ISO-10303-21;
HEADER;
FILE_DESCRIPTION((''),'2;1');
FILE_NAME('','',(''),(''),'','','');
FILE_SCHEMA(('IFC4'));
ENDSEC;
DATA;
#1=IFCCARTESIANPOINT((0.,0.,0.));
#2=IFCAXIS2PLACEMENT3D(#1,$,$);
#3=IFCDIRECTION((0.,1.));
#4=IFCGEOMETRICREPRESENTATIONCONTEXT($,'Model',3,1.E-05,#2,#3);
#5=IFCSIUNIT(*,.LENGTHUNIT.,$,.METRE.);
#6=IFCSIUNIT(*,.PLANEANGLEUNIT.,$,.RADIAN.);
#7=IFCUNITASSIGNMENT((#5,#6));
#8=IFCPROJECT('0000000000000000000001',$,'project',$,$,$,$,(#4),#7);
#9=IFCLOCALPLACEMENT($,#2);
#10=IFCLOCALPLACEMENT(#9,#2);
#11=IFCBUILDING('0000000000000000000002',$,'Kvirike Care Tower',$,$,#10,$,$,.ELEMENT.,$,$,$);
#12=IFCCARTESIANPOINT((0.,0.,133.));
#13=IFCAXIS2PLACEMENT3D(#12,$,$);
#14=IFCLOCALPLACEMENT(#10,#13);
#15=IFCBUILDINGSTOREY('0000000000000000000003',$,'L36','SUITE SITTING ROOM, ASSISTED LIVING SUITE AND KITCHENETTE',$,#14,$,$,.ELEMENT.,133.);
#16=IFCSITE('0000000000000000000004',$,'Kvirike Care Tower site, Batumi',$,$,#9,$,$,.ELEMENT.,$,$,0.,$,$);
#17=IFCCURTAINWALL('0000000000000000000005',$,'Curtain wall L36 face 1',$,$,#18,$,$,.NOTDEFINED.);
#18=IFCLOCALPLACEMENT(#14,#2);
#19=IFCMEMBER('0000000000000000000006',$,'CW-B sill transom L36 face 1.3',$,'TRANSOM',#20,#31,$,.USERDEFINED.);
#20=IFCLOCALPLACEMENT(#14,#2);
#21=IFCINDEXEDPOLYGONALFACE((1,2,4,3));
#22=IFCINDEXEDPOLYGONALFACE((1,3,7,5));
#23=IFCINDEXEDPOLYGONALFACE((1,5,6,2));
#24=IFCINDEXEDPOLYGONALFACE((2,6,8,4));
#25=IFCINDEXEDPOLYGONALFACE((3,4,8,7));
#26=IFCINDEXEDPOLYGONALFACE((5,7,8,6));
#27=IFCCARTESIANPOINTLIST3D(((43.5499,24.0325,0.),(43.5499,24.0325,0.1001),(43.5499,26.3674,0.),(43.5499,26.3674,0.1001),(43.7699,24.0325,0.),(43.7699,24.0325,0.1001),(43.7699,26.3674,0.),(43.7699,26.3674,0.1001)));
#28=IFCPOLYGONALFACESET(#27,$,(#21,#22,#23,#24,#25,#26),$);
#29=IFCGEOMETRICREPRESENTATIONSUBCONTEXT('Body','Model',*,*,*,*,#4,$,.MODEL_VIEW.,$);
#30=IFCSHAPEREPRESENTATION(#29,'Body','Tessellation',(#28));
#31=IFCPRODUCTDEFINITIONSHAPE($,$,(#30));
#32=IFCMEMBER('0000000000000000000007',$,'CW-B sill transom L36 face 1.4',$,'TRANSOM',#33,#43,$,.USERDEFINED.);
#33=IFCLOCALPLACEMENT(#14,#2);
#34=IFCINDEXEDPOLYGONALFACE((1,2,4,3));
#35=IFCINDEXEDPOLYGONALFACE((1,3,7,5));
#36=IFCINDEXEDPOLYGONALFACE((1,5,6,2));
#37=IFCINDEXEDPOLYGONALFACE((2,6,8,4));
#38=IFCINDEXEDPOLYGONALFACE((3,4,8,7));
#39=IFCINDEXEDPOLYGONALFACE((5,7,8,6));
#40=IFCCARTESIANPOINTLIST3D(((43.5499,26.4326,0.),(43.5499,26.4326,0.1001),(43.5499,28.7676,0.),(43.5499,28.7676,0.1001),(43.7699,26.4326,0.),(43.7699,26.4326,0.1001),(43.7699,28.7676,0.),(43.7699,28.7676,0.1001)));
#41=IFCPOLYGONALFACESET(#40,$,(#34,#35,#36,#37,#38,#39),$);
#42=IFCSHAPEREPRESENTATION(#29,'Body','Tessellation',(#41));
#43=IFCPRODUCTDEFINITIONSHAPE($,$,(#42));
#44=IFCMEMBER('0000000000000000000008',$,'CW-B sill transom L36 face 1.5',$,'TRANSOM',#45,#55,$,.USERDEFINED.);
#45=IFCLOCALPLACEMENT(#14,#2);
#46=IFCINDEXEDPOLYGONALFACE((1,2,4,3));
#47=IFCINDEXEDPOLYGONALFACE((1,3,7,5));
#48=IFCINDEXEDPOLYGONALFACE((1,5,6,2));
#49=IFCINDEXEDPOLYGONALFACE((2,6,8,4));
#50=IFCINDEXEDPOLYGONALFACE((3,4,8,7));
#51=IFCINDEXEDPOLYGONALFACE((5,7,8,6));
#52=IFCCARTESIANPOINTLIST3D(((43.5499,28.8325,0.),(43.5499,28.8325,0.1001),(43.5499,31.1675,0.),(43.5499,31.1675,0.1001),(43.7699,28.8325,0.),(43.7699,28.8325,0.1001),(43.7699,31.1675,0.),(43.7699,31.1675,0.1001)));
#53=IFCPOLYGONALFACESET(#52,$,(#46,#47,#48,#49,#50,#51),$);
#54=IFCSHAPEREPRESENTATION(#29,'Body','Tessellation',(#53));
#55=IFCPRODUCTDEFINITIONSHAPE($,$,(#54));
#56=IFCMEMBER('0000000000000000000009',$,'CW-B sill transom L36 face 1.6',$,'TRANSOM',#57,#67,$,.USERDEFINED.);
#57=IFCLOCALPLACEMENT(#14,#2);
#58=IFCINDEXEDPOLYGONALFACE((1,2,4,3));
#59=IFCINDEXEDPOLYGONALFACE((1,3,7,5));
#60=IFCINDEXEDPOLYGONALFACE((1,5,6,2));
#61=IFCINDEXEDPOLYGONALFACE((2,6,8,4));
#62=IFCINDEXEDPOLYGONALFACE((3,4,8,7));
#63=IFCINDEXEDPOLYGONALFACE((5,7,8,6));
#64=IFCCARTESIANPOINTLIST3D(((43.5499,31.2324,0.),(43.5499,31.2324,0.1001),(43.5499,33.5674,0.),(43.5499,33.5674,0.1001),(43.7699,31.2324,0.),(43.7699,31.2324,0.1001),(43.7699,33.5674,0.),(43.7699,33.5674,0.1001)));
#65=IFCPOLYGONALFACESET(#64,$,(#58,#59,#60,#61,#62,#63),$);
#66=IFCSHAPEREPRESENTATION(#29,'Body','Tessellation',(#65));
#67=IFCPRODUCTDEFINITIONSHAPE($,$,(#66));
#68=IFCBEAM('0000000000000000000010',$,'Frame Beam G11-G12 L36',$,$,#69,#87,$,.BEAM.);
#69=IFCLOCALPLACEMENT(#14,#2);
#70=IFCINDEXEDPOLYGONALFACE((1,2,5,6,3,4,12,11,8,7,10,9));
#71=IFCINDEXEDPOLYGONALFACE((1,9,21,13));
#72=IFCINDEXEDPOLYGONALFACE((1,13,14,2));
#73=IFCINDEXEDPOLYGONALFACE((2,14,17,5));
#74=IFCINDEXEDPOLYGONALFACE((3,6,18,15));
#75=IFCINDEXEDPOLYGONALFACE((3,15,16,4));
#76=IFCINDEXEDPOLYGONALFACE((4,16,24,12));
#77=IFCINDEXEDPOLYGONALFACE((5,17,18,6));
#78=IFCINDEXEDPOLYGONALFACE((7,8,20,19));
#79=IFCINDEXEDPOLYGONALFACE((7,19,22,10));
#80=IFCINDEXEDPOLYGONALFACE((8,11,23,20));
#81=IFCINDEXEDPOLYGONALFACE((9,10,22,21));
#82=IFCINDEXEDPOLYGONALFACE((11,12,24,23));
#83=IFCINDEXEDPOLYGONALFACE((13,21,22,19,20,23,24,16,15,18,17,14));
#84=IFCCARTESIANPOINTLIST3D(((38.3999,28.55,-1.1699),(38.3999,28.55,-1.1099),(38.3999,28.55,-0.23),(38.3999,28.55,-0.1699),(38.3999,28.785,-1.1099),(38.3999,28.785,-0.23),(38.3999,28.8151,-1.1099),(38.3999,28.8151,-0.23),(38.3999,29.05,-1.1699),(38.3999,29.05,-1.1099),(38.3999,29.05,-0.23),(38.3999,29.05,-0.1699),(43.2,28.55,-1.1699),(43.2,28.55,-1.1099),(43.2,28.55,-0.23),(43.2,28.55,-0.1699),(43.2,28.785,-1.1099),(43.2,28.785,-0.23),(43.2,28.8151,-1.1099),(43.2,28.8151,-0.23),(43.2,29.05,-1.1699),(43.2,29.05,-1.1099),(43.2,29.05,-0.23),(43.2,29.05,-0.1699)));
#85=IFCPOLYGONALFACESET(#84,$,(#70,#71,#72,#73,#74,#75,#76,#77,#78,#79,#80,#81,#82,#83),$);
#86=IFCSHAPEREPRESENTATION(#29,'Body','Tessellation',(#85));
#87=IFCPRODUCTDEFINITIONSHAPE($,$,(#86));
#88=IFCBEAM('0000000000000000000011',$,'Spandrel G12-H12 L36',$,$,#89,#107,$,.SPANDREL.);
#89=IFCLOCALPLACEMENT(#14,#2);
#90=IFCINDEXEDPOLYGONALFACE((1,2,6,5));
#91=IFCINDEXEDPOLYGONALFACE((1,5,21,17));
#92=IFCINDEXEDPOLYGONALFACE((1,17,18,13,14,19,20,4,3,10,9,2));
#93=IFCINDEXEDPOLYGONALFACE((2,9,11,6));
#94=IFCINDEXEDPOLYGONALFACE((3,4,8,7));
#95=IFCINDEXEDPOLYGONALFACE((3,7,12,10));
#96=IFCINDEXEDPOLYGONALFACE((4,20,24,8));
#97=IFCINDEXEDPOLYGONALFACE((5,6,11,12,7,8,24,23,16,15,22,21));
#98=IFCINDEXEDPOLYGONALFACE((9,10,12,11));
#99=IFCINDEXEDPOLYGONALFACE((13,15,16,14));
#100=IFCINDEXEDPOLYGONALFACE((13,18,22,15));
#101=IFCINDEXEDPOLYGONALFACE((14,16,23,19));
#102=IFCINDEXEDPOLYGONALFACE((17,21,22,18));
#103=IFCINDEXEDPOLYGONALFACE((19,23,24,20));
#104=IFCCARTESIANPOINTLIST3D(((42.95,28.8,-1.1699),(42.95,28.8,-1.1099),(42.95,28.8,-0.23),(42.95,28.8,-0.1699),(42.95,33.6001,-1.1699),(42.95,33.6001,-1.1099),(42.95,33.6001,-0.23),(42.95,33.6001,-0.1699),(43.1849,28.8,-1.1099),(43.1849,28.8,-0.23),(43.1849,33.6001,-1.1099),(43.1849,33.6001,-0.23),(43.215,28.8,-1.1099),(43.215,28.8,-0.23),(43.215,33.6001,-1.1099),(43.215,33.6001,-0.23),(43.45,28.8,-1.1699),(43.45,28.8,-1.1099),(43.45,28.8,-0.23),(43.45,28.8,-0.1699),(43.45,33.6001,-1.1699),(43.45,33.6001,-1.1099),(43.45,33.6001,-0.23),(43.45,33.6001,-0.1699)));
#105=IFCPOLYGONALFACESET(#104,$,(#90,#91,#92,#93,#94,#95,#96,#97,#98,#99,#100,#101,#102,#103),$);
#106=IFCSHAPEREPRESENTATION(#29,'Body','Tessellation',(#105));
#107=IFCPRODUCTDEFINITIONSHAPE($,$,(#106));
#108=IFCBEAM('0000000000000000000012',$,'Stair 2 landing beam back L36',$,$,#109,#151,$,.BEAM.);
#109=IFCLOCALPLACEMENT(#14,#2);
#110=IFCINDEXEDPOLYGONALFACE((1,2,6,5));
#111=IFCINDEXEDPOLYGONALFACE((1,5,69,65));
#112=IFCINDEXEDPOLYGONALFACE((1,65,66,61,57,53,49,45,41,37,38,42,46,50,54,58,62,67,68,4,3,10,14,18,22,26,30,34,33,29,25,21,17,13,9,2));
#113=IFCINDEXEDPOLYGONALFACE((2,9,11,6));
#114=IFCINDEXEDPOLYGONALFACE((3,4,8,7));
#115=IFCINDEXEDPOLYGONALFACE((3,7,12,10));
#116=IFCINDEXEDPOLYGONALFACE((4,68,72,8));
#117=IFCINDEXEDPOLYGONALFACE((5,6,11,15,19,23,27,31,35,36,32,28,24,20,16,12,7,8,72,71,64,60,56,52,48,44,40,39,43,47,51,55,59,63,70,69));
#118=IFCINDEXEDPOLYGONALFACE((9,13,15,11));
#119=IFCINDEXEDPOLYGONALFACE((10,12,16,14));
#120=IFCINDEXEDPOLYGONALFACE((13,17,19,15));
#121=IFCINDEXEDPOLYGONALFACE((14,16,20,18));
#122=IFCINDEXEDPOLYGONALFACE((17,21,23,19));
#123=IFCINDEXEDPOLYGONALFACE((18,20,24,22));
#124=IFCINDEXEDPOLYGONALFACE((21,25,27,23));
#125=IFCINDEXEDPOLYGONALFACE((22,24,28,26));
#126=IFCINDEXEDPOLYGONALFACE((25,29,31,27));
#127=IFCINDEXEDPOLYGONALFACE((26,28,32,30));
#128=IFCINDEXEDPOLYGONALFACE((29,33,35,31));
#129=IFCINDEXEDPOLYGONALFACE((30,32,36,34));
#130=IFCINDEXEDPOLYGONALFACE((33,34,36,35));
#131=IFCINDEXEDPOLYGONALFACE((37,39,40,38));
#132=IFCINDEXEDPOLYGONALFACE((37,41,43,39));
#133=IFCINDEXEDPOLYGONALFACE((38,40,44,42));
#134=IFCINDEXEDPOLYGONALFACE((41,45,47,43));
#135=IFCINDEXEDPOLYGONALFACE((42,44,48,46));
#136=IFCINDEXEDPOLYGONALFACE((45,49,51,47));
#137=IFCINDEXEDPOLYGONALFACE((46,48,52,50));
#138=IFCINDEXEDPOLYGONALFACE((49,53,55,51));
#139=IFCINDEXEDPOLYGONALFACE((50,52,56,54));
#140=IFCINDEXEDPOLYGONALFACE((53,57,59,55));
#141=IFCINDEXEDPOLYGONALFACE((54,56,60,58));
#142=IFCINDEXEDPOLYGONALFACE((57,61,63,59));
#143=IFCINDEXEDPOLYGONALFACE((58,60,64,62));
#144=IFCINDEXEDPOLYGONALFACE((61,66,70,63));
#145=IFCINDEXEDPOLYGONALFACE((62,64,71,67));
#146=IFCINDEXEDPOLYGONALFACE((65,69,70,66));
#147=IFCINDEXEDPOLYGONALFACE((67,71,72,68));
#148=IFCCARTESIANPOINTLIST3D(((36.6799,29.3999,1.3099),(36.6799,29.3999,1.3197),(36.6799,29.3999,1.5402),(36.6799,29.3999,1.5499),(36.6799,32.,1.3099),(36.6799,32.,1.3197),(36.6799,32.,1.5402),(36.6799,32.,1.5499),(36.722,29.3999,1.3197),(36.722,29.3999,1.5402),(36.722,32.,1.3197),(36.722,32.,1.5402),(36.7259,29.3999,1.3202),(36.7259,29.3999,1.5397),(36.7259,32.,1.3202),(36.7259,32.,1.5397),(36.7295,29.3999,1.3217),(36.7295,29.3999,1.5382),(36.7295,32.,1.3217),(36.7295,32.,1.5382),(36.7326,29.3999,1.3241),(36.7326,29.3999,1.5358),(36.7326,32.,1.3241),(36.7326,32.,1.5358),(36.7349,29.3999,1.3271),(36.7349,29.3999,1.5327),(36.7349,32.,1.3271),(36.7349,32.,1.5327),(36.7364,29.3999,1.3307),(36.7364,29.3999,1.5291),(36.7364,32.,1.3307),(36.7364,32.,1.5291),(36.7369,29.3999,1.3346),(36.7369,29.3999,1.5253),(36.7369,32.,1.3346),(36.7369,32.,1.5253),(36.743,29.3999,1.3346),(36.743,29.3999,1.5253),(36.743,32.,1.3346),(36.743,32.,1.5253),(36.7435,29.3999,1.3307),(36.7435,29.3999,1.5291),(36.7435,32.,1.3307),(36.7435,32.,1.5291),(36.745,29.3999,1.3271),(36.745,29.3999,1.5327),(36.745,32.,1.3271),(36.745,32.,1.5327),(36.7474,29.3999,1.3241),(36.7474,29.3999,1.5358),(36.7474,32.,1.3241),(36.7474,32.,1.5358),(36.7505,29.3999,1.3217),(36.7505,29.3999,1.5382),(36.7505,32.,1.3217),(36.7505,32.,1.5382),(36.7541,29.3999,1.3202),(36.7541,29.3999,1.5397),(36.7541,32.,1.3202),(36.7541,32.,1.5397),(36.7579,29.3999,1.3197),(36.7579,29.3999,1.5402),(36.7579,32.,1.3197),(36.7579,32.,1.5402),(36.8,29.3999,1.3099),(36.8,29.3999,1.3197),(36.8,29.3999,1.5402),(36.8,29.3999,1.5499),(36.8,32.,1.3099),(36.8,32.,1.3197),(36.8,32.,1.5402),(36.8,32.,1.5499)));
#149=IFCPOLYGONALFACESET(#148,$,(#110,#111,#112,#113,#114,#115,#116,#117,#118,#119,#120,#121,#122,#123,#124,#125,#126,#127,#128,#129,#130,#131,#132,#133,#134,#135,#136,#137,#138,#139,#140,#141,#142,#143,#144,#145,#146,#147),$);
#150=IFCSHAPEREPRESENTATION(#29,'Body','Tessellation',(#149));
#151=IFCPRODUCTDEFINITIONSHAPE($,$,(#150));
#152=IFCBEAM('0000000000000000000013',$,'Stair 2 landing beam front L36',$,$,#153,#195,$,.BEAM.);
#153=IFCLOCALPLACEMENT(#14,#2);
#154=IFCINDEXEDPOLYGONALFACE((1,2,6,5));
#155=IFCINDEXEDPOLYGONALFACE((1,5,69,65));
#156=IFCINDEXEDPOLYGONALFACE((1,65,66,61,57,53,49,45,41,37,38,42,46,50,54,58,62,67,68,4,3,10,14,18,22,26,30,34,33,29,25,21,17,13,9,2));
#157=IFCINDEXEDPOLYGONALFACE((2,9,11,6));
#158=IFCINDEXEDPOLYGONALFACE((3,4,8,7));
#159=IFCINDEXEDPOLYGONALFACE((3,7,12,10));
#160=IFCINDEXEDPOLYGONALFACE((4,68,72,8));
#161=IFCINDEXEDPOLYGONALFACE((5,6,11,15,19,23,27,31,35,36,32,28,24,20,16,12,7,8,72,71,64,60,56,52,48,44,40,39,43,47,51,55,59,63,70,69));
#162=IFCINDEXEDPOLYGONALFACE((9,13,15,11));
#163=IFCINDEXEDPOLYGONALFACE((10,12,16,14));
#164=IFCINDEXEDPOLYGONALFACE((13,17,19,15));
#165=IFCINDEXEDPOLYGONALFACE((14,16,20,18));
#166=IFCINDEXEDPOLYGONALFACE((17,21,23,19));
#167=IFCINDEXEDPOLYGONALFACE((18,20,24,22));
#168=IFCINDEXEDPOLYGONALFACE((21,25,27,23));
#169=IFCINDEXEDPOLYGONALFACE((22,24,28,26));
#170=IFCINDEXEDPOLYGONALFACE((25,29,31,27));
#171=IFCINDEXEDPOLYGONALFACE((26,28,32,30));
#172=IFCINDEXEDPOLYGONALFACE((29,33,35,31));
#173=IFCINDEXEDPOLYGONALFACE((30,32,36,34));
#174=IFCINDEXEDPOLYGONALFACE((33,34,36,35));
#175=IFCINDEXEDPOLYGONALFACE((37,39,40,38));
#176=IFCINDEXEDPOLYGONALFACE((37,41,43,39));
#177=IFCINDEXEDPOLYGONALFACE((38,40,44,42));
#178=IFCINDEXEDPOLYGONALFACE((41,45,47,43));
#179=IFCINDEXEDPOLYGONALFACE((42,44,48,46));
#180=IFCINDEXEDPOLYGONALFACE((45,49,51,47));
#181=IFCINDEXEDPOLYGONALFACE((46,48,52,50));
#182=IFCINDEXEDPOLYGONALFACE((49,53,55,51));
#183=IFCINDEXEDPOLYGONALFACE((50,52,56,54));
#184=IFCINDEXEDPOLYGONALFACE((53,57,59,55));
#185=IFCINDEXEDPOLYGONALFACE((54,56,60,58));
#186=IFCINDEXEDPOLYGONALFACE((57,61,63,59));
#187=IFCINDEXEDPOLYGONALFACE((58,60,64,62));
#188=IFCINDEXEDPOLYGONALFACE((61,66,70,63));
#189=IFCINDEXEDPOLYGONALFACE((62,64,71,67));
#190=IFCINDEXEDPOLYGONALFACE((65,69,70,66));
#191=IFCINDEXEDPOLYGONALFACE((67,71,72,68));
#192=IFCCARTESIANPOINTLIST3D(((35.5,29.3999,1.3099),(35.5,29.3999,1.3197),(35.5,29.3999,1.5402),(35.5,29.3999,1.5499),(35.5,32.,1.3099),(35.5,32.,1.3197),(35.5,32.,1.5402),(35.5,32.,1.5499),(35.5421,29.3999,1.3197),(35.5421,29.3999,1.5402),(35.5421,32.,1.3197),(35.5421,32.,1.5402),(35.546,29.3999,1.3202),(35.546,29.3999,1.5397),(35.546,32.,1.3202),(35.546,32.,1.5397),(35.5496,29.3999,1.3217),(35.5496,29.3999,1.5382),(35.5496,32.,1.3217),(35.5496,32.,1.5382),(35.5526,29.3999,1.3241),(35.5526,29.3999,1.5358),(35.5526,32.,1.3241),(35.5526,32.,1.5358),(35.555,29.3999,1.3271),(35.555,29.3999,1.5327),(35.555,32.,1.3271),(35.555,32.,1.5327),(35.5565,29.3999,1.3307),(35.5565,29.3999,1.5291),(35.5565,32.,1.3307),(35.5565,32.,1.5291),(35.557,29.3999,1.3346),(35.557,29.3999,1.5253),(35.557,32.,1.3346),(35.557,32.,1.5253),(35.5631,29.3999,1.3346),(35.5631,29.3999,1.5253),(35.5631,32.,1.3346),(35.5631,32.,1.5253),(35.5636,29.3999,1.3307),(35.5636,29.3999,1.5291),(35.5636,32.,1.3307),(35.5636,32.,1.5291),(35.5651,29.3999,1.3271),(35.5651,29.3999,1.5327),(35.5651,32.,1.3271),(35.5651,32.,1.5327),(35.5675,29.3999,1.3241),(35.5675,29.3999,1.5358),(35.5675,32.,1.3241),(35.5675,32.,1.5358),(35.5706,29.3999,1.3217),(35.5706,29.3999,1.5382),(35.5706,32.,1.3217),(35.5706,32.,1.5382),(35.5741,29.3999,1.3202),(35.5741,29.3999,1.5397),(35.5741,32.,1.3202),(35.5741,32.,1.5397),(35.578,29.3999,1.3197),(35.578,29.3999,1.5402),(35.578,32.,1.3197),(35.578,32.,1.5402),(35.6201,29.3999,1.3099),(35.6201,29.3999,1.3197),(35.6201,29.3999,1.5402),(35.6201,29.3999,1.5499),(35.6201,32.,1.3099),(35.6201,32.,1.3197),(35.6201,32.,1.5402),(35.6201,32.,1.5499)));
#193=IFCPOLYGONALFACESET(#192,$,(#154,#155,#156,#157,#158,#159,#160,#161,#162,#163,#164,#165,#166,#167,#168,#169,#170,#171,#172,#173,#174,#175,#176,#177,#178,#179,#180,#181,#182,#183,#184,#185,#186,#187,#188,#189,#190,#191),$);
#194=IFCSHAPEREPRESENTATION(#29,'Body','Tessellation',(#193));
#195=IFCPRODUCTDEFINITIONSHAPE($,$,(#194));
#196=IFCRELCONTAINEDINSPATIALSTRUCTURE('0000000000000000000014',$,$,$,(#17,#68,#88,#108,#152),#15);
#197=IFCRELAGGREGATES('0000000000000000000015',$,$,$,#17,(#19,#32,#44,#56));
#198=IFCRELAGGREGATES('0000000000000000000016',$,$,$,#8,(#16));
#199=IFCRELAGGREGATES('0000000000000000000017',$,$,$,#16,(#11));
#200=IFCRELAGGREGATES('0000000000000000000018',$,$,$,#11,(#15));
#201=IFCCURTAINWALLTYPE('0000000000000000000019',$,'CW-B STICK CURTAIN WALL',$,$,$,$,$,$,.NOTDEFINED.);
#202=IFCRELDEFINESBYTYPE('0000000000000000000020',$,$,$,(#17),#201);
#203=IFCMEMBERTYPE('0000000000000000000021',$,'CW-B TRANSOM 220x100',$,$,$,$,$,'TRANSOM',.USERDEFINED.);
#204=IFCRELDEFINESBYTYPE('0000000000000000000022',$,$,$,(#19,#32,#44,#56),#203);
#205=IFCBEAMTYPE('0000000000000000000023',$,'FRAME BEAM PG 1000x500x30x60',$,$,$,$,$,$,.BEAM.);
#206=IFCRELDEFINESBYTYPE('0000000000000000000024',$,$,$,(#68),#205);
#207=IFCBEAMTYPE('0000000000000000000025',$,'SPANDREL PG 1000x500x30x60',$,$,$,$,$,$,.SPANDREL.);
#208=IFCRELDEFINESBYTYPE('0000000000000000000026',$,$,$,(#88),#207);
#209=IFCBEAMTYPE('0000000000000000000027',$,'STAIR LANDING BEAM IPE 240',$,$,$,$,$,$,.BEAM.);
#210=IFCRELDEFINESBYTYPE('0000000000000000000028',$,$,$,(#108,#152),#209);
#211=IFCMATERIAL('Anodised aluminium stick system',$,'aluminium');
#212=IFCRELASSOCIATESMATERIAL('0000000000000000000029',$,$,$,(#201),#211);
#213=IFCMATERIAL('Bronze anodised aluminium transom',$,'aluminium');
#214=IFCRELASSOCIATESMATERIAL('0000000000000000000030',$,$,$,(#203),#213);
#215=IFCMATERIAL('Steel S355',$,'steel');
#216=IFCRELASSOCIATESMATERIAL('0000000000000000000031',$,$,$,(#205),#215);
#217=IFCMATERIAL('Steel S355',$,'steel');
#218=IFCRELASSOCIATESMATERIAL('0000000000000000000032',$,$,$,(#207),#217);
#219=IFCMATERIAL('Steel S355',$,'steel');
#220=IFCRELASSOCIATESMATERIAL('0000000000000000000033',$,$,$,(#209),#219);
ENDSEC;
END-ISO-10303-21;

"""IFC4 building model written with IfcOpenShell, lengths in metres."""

from ifc_helpers import new_model, si_unit, direction, frame, origin, origin_2d, place, context, subcontext, project, spatial, rectangle, i_section, extrude, material, material_profile, profile_set, type_object, element, aggregate, save


model = new_model("IFC4")

# Units and contexts
model_context = context("Model", 3, precision=1e-05, world=origin(), true_north=direction((0.0, 1.0)))
body_context = subcontext(model_context, "Body", "Model", "MODEL_VIEW")
ifc_project = project(units=[si_unit("LENGTHUNIT", "METRE"), si_unit("PLANEANGLEUNIT", "RADIAN")], contexts=[model_context])

# Site, building, storey
site_placement = place(None, origin())
site = spatial("IfcSite", under=ifc_project, at=site_placement, Name="Kvirike Care Tower site, Batumi", CompositionType="ELEMENT", RefElevation=0.0)
building_placement = place(site_placement, origin())
building = spatial("IfcBuilding", under=site, at=building_placement, Name="Kvirike Care Tower", CompositionType="ELEMENT")
storey_placement = place(building_placement, frame((0.0, 0.0, 133.0)))
storey = spatial("IfcBuildingStorey", under=building, at=storey_placement, Name="L36", Description="SUITE SITTING ROOM, ASSISTED LIVING SUITE AND KITCHENETTE", CompositionType="ELEMENT", Elevation=133.0)

# Curtain wall, members
ifc_material_1 = material(Name="Anodised aluminium stick system", Category="aluminium")
curtain_wall_type = type_object("IfcCurtainWallType", Name="CW-B STICK CURTAIN WALL", PredefinedType="NOTDEFINED", material=ifc_material_1)
curtain_wall_placement = place(storey_placement, origin())
curtain_wall = element("IfcCurtainWall", 1, at=curtain_wall_placement, inside=storey, type_object=curtain_wall_type, Name="Curtain wall L36 face 1", PredefinedType="NOTDEFINED")
ifc_material_2 = material(Name="Bronze anodised aluminium transom", Category="aluminium")
ifc_material_profile_1 = material_profile(ifc_material_2, rectangle(XDim=0.22, YDim=0.1001, at=origin_2d()), Name="CW-B TRANSOM 220x100")
ifc_profile_set_1 = profile_set([ifc_material_profile_1], Name="Bronze anodised aluminium transom")
member_type_1 = type_object("IfcMemberType", Name="CW-B TRANSOM 220x100", ElementType="TRANSOM", PredefinedType="USERDEFINED", material=ifc_profile_set_1)
member_1_placement = place(storey_placement, frame((43.6599, 24.0325, 0.05), z_axis=(0.0, 1.0, 0.0), x_axis=(-1.0, 0.0, 0.0)))
member_1 = element("IfcMember", 2, at=member_1_placement, type_object=member_type_1, Name="CW-B sill transom L36 face 1.3", ObjectType="TRANSOM", PredefinedType="USERDEFINED", context=body_context, shape_type="SweptSolid", body=[
    extrude(rectangle(XDim=0.22, YDim=0.1001, at=origin_2d()), origin(), (0.0, 0.0, 1.0), 2.335),
])
member_2_placement = place(storey_placement, frame((43.6599, 26.4326, 0.05), z_axis=(0.0, 1.0, 0.0), x_axis=(-1.0, 0.0, 0.0)))
member_2 = element("IfcMember", 3, at=member_2_placement, type_object=member_type_1, Name="CW-B sill transom L36 face 1.4", ObjectType="TRANSOM", PredefinedType="USERDEFINED", context=body_context, shape_type="SweptSolid", body=[
    extrude(rectangle(XDim=0.22, YDim=0.1001, at=origin_2d()), origin(), (0.0, 0.0, 1.0), 2.335),
])
member_3_placement = place(storey_placement, frame((43.6599, 28.8325, 0.05), z_axis=(0.0, 1.0, 0.0), x_axis=(-1.0, 0.0, 0.0)))
member_3 = element("IfcMember", 4, at=member_3_placement, type_object=member_type_1, Name="CW-B sill transom L36 face 1.5", ObjectType="TRANSOM", PredefinedType="USERDEFINED", context=body_context, shape_type="SweptSolid", body=[
    extrude(rectangle(XDim=0.22, YDim=0.1001, at=origin_2d()), origin(), (0.0, 0.0, 1.0), 2.335),
])
member_4_placement = place(storey_placement, frame((43.6599, 31.2324, 0.05), z_axis=(0.0, 1.0, 0.0), x_axis=(-1.0, 0.0, 0.0)))
member_4 = element("IfcMember", 5, at=member_4_placement, type_object=member_type_1, Name="CW-B sill transom L36 face 1.6", ObjectType="TRANSOM", PredefinedType="USERDEFINED", context=body_context, shape_type="SweptSolid", body=[
    extrude(rectangle(XDim=0.22, YDim=0.1001, at=origin_2d()), origin(), (0.0, 0.0, 1.0), 2.335),
])

# Beams
ifc_material_3 = material(Name="Steel S355", Category="steel")
ifc_material_profile_2 = material_profile(ifc_material_3, i_section(OverallWidth=0.5, OverallDepth=1.0, WebThickness=0.03, FlangeThickness=0.0601, at=origin_2d()), Name="PG 1000x500x30x60")
ifc_profile_set_2 = profile_set([ifc_material_profile_2], Name="Steel S355")
beam_type_1 = type_object("IfcBeamType", Name="FRAME BEAM PG 1000x500x30x60", PredefinedType="BEAM", material=ifc_profile_set_2)
beam_1_placement = place(storey_placement, frame((38.3999, 28.8, -0.6699), z_axis=(1.0, 0.0, 0.0), x_axis=(0.0, 1.0, 0.0)))
element("IfcBeam", 6, at=beam_1_placement, inside=storey, type_object=beam_type_1, Name="Frame Beam G11-G12 L36", PredefinedType="BEAM", context=body_context, shape_type="SweptSolid", body=[
    extrude(i_section(OverallWidth=0.5, OverallDepth=1.0, WebThickness=0.03, FlangeThickness=0.0601, at=origin_2d()), origin(), (0.0, 0.0, 1.0), 4.8),
])
ifc_material_4 = material(Name="Steel S355", Category="steel")
ifc_material_profile_3 = material_profile(ifc_material_4, i_section(OverallWidth=0.5, OverallDepth=1.0, WebThickness=0.03, FlangeThickness=0.0601, at=origin_2d()), Name="PG 1000x500x30x60")
ifc_profile_set_3 = profile_set([ifc_material_profile_3], Name="Steel S355")
beam_type_2 = type_object("IfcBeamType", Name="SPANDREL PG 1000x500x30x60", PredefinedType="SPANDREL", material=ifc_profile_set_3)
beam_2_placement = place(storey_placement, frame((43.2, 28.8, -0.6699), z_axis=(0.0, 1.0, 0.0), x_axis=(-1.0, 0.0, 0.0)))
element("IfcBeam", 7, at=beam_2_placement, inside=storey, type_object=beam_type_2, Name="Spandrel G12-H12 L36", PredefinedType="SPANDREL", context=body_context, shape_type="SweptSolid", body=[
    extrude(i_section(OverallWidth=0.5, OverallDepth=1.0, WebThickness=0.03, FlangeThickness=0.0601, at=origin_2d()), origin(), (0.0, 0.0, 1.0), 4.8),
])
ifc_material_5 = material(Name="Steel S355", Category="steel")
ifc_material_profile_4 = material_profile(ifc_material_5, i_section(OverallWidth=0.1201, OverallDepth=0.24, WebThickness=0.0061, FlangeThickness=0.0098, FilletRadius=0.0149, at=origin_2d()), Name="IPE 240")
ifc_profile_set_4 = profile_set([ifc_material_profile_4], Name="Steel S355")
beam_type_3 = type_object("IfcBeamType", Name="STAIR LANDING BEAM IPE 240", PredefinedType="BEAM", material=ifc_profile_set_4)
for number, where, z_axis, x_axis, name in (
    (8, (36.74, 29.3999, 1.4299), (0.0, 1.0, 0.0), (-1.0, 0.0, 0.0), "Stair 2 landing beam back L36"),
    (9, (35.5601, 29.3999, 1.4299), (0.0, 1.0, 0.0), (-1.0, 0.0, 0.0), "Stair 2 landing beam front L36"),
):
    element("IfcBeam", number, at=place(storey_placement, frame(where, z_axis=z_axis, x_axis=x_axis)), inside=storey, type_object=beam_type_3, Name=name, PredefinedType="BEAM", context=body_context, shape_type="SweptSolid", body=[
        extrude(i_section(OverallWidth=0.1201, OverallDepth=0.24, WebThickness=0.0061, FlangeThickness=0.0098, FilletRadius=0.0149, at=origin_2d()), origin(), (0.0, 0.0, 1.0), 2.6001),
    ])

aggregate(curtain_wall, [member_1, member_2, member_3, member_4])

save(model, "model.ifc")
